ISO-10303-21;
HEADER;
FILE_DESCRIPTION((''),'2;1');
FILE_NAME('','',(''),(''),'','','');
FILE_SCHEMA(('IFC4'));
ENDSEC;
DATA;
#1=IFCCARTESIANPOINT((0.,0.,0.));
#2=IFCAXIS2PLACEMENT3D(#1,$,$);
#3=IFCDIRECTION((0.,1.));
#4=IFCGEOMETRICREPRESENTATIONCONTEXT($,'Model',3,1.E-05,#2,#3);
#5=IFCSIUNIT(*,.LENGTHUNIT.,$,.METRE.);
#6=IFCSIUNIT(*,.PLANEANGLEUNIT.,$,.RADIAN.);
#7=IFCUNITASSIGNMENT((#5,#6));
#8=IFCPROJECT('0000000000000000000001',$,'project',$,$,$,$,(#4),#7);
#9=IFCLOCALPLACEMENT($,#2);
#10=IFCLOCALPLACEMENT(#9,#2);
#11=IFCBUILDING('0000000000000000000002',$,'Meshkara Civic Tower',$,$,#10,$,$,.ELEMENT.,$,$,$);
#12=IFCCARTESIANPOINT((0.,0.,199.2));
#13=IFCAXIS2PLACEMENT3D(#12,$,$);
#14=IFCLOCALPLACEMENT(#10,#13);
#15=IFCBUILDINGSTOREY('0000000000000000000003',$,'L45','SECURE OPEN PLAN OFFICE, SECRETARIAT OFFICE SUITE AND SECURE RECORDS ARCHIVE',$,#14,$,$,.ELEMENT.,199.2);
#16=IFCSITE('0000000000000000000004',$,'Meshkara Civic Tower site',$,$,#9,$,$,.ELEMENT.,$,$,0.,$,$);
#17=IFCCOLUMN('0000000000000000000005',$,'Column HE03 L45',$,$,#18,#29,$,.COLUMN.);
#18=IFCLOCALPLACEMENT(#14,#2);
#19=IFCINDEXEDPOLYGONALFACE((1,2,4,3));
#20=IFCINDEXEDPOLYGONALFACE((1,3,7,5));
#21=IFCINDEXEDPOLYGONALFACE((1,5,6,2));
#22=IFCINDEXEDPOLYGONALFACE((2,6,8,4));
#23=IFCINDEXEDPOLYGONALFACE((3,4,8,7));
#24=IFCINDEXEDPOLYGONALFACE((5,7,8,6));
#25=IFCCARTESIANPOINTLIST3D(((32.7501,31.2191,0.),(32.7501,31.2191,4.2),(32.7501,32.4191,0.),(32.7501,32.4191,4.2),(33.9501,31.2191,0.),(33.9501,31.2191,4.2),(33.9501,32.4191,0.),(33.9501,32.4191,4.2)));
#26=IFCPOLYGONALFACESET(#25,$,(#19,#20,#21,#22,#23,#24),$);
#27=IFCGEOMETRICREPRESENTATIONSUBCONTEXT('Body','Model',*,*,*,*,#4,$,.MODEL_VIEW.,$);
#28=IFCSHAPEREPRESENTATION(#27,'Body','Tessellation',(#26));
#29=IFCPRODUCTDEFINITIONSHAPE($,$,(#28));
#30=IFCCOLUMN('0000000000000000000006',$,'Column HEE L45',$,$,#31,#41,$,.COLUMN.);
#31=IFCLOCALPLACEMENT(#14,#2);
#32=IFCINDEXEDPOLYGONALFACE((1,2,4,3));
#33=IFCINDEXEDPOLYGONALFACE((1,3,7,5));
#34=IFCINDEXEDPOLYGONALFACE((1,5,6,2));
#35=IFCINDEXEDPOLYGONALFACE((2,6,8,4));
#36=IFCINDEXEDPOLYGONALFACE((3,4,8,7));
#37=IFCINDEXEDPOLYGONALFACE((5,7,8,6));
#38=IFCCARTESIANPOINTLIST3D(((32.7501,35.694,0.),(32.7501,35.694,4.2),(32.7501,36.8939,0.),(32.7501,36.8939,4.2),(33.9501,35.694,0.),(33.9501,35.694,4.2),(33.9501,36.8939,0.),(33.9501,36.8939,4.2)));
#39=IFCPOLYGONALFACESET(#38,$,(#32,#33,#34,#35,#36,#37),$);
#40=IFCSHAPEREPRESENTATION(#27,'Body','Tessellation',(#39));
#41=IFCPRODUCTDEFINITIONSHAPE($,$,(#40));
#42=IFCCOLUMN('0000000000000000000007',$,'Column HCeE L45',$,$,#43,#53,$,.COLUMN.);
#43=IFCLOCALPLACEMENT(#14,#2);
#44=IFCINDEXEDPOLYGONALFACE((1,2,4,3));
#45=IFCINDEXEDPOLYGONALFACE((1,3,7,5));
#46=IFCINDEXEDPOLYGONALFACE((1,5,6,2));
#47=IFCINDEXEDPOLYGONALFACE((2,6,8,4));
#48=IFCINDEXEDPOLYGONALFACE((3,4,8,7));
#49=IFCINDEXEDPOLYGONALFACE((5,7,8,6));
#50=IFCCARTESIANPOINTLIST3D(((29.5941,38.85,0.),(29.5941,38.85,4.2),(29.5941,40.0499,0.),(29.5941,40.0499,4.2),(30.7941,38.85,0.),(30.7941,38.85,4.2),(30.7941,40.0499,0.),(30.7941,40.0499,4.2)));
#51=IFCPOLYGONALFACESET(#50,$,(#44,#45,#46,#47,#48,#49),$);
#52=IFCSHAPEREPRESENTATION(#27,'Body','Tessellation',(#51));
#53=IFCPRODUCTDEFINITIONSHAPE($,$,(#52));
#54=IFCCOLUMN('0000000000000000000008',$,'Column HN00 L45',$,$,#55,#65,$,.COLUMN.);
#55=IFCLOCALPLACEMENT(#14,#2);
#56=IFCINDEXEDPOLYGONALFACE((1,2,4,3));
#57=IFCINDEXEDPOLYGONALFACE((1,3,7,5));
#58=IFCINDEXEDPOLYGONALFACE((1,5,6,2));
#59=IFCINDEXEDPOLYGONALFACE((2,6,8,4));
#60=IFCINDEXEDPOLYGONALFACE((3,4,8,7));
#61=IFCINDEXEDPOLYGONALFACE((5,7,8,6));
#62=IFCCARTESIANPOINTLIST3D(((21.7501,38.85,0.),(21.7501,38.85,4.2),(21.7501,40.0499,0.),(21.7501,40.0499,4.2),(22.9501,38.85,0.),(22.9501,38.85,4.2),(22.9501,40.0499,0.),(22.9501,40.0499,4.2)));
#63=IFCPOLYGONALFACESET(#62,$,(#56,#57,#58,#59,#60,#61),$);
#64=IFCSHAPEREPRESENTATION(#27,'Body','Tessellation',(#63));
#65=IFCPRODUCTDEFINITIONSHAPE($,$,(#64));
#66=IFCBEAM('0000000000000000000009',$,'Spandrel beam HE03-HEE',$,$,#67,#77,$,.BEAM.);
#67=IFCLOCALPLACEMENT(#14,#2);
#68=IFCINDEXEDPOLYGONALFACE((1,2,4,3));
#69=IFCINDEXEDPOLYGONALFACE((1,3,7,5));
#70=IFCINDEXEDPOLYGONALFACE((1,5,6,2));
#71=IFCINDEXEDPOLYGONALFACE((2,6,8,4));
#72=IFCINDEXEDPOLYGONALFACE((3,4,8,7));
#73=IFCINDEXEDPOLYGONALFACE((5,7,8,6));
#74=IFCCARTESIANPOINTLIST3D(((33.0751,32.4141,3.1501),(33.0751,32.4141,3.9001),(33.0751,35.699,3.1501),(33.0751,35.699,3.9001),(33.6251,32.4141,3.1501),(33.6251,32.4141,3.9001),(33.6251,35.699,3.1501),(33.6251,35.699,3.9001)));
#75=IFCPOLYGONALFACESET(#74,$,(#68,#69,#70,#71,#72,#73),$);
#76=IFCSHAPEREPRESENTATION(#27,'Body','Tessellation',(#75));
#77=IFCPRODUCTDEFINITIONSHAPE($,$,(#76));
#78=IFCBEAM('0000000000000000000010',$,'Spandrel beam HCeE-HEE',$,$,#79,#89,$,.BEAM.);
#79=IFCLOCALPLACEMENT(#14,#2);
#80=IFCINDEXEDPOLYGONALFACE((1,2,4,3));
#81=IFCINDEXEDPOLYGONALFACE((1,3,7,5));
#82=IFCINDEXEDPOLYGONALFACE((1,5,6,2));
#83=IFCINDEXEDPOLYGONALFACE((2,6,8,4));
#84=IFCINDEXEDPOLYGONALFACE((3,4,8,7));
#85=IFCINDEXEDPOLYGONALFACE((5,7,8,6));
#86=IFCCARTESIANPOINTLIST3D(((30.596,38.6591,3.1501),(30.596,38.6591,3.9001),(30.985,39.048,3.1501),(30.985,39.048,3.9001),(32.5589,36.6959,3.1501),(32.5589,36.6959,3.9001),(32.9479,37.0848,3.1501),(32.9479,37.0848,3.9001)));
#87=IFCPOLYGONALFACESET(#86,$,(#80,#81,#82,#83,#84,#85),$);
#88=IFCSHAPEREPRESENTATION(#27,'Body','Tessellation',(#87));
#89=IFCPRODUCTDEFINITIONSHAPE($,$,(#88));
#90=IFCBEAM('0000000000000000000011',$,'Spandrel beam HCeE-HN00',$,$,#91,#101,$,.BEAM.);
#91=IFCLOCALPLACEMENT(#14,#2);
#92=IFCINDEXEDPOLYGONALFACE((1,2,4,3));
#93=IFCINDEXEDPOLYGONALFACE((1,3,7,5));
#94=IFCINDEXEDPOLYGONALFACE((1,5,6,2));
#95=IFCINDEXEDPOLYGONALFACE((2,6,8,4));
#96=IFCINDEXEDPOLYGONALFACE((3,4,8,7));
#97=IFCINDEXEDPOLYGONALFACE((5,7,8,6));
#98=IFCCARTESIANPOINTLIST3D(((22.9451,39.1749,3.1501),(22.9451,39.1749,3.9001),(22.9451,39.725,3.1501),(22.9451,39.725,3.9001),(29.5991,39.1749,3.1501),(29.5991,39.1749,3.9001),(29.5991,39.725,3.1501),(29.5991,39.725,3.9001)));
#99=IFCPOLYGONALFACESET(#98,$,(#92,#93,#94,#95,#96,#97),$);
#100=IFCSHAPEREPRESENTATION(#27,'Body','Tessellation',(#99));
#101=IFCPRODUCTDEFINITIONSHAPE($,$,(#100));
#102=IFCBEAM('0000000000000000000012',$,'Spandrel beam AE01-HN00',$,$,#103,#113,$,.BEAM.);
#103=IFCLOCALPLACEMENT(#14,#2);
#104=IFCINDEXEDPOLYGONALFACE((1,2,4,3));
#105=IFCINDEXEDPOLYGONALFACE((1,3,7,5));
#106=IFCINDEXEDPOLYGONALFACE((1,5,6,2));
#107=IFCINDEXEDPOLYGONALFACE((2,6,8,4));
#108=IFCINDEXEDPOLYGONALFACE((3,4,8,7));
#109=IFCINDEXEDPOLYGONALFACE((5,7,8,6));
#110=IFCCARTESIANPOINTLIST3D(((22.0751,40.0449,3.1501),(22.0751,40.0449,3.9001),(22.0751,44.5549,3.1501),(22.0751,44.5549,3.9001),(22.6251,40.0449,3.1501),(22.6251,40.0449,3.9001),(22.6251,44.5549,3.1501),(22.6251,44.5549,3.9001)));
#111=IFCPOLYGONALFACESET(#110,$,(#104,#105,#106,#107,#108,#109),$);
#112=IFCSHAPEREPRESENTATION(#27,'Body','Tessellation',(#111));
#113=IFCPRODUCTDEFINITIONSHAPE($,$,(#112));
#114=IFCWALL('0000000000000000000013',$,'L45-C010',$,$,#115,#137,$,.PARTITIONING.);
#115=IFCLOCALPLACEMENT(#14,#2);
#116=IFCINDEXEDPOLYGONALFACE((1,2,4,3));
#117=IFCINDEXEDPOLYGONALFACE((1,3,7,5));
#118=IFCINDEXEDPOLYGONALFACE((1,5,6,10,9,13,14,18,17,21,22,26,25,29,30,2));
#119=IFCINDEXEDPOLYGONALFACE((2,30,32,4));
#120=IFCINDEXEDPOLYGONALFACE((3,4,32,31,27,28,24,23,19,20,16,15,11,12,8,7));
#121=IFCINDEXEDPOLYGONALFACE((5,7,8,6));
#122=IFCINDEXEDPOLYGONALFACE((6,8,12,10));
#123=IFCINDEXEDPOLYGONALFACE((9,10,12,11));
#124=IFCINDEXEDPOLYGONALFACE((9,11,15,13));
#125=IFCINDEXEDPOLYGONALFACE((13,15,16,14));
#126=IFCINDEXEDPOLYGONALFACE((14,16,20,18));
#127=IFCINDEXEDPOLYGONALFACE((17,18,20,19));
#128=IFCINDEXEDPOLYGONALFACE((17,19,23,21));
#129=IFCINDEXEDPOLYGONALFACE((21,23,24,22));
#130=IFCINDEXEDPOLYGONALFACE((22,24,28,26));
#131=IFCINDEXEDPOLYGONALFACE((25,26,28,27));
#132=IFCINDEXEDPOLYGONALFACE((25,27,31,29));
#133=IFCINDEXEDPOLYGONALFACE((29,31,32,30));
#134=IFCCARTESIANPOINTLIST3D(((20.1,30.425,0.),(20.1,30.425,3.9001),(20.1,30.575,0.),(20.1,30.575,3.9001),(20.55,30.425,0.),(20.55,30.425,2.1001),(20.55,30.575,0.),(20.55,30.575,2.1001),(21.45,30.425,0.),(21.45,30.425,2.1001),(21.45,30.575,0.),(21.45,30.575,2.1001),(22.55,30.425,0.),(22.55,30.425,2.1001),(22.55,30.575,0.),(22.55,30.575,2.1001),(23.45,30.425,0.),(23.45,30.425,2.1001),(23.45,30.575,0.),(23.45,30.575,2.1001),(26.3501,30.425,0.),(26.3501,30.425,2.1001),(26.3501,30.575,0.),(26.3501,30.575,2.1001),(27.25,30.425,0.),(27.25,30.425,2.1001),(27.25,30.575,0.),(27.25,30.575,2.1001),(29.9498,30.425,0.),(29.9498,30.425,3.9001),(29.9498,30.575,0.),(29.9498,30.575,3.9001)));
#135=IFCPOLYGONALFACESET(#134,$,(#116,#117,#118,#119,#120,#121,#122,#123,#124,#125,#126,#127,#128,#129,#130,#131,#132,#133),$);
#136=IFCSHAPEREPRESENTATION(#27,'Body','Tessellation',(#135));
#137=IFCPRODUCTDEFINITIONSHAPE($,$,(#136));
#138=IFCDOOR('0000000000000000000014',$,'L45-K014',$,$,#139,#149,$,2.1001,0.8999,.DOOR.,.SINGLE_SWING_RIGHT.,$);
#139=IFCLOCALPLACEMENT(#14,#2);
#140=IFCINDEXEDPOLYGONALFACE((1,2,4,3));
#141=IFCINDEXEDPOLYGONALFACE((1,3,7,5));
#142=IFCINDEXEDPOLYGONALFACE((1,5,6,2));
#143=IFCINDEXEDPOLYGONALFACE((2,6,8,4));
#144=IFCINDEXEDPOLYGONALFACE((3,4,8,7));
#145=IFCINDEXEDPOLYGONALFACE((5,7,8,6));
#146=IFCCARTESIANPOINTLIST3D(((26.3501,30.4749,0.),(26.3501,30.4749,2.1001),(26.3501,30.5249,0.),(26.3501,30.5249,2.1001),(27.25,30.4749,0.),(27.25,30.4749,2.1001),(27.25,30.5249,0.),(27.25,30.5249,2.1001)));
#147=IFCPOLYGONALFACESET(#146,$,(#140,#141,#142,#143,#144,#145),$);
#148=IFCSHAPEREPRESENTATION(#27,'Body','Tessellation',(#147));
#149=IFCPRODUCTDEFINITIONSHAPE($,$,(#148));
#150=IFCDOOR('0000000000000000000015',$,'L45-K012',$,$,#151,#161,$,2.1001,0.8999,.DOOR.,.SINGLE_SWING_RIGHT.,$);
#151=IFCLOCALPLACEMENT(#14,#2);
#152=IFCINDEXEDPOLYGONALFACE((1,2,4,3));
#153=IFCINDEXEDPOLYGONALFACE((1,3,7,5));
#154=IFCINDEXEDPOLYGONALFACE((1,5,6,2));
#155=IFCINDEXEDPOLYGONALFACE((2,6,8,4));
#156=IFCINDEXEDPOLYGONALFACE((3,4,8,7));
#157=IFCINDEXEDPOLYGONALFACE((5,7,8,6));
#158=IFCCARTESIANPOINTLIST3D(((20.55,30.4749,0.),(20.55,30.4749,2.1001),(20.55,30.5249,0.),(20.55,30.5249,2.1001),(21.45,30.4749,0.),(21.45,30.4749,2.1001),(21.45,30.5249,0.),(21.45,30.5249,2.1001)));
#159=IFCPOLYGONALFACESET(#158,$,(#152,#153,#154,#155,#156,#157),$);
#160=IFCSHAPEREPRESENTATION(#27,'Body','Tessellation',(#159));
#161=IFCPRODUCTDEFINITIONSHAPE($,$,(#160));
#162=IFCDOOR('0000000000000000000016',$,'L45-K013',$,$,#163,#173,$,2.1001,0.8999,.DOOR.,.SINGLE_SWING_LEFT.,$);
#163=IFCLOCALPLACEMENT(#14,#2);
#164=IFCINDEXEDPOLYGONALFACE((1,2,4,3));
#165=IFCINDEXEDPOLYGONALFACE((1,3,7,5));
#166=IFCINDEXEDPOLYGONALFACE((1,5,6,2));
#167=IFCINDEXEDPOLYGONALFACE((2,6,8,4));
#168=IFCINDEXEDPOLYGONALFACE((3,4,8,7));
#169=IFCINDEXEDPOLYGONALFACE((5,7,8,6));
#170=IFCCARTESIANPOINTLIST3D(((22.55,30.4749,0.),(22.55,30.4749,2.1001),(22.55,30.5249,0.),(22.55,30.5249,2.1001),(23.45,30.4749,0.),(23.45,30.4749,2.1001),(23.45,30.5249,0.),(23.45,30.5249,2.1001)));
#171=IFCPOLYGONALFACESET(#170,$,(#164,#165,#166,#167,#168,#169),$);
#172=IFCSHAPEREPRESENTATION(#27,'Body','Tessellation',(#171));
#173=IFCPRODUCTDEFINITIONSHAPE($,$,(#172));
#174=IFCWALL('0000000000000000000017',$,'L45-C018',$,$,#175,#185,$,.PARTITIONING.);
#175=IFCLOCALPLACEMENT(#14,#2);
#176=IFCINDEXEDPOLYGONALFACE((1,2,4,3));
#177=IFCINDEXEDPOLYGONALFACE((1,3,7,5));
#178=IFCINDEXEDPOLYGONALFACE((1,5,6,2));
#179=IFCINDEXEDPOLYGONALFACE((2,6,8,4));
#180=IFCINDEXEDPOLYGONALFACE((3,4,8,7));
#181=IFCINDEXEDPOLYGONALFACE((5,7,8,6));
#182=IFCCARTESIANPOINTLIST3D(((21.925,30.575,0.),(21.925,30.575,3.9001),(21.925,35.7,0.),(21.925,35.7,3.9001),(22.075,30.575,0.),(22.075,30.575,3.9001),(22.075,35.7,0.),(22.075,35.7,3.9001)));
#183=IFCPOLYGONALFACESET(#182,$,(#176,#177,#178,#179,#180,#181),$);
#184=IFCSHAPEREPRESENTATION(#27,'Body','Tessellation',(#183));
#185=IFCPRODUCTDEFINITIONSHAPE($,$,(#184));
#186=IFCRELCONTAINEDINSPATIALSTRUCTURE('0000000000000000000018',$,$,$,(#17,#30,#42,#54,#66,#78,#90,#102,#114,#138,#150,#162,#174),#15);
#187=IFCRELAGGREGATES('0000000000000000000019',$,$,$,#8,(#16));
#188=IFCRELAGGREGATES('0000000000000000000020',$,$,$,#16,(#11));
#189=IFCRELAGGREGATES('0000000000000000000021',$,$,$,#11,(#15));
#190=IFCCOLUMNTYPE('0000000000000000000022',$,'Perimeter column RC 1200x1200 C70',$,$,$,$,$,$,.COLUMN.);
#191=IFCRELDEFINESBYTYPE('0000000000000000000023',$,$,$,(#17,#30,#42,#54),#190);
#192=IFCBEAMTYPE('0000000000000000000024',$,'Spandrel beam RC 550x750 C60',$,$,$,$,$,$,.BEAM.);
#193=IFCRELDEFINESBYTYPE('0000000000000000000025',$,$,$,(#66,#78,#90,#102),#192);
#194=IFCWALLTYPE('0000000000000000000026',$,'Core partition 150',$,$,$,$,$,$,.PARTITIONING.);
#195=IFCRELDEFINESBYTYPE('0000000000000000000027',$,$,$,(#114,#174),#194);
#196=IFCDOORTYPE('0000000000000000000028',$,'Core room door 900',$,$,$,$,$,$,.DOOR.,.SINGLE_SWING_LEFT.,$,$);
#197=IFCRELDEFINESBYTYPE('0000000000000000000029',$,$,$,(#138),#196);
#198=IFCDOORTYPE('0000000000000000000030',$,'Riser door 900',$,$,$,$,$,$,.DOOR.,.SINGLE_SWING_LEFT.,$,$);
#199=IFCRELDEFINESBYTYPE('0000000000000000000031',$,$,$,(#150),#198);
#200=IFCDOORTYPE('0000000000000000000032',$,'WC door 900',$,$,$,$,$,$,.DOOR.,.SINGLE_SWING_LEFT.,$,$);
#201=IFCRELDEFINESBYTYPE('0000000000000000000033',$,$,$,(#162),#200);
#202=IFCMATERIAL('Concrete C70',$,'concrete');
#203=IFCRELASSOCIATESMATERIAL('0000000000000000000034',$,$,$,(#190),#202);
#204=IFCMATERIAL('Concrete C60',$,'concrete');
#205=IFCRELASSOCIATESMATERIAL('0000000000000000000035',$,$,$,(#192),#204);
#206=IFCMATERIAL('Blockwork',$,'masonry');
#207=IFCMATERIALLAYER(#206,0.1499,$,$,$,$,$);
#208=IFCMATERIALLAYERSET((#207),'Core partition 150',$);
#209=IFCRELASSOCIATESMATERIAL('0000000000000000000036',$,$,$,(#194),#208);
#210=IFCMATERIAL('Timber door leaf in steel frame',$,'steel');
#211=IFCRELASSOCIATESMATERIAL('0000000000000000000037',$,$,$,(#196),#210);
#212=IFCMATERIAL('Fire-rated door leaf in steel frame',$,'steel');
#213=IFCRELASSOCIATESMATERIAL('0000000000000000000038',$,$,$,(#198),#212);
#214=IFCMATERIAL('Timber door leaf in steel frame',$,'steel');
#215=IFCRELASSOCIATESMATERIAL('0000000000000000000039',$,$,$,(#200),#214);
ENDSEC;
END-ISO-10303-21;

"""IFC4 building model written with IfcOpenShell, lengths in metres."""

from ifc_helpers import new_model, si_unit, direction, frame, frame_2d, origin, origin_2d, place, context, subcontext, project, spatial, rectangle, extrude, material, layer, layer_set, material_profile, profile_set, type_object, element, fill, save


model = new_model("IFC4")

# Units and contexts
model_context = context("Model", 3, precision=1e-05, world=origin(), true_north=direction((0.0, 1.0)))
body_context = subcontext(model_context, "Body", "Model", "MODEL_VIEW")
ifc_project = project(units=[si_unit("LENGTHUNIT", "METRE"), si_unit("PLANEANGLEUNIT", "RADIAN")], contexts=[model_context])

# Site, building, storey
site_placement = place(None, origin())
site = spatial("IfcSite", under=ifc_project, at=site_placement, Name="Meshkara Civic Tower site", CompositionType="ELEMENT", RefElevation=0.0)
building_placement = place(site_placement, origin())
building = spatial("IfcBuilding", under=site, at=building_placement, Name="Meshkara Civic Tower", CompositionType="ELEMENT")
storey_placement = place(building_placement, frame((0.0, 0.0, 199.2)))
storey = spatial("IfcBuildingStorey", under=building, at=storey_placement, Name="L45", Description="SECURE OPEN PLAN OFFICE, SECRETARIAT OFFICE SUITE AND SECURE RECORDS ARCHIVE", CompositionType="ELEMENT", Elevation=199.2)

# Columns
ifc_material_1 = material(Name="Concrete C70", Category="concrete")
ifc_material_profile_1 = material_profile(ifc_material_1, rectangle(XDim=1.2, YDim=1.2, at=origin_2d()))
ifc_profile_set_1 = profile_set([ifc_material_profile_1], Name="Concrete C70")
column_type = type_object("IfcColumnType", Name="Perimeter column RC 1200x1200 C70", PredefinedType="COLUMN", material=ifc_profile_set_1)
for number, where, z_axis, x_axis, name in (
    (1, (33.3501, 31.8191, 0.0), (0.0, 0.0, 1.0), (1.0, 0.0, 0.0), "Column HE03 L45"),
    (2, (33.3501, 36.2939, 0.0), (0.0, 0.0, 1.0), (1.0, 0.0, 0.0), "Column HEE L45"),
    (3, (30.1941, 39.45, 0.0), (0.0, 0.0, 1.0), (1.0, 0.0, 0.0), "Column HCeE L45"),
    (4, (22.3501, 39.45, 0.0), (0.0, 0.0, 1.0), (1.0, 0.0, 0.0), "Column HN00 L45"),
):
    element("IfcColumn", number, at=place(storey_placement, frame(where, z_axis=z_axis, x_axis=x_axis)), inside=storey, type_object=column_type, Name=name, PredefinedType="COLUMN", context=body_context, shape_type="SweptSolid", body=[
        extrude(rectangle(XDim=1.2, YDim=1.2, at=origin_2d()), origin(), (0.0, 0.0, 1.0), 4.2),
    ])

# Beams
ifc_material_2 = material(Name="Concrete C60", Category="concrete")
ifc_material_profile_2 = material_profile(ifc_material_2, rectangle(XDim=0.55, YDim=0.75, at=origin_2d()))
ifc_profile_set_2 = profile_set([ifc_material_profile_2], Name="Concrete C60")
beam_type = type_object("IfcBeamType", Name="Spandrel beam RC 550x750 C60", PredefinedType="BEAM", material=ifc_profile_set_2)
beam_1_placement = place(storey_placement, frame((33.3501, 32.4141, 3.5251), z_axis=(0.0, 1.0, 0.0), x_axis=(-1.0, 0.0, 0.0)))
element("IfcBeam", 5, at=beam_1_placement, inside=storey, type_object=beam_type, Name="Spandrel beam HE03-HEE", PredefinedType="BEAM", context=body_context, shape_type="SweptSolid", body=[
    extrude(rectangle(XDim=0.55, YDim=0.75, at=origin_2d()), origin(), (0.0, 0.0, 1.0), 3.2849),
])
beam_2_placement = place(storey_placement, frame((32.7534, 36.8904, 3.5251), z_axis=(-0.707063, 0.707151, 0.0), x_axis=(-0.707151, -0.707063, 0.0)))
element("IfcBeam", 6, at=beam_2_placement, inside=storey, type_object=beam_type, Name="Spandrel beam HCeE-HEE", PredefinedType="BEAM", context=body_context, shape_type="SweptSolid", body=[
    extrude(rectangle(XDim=0.55, YDim=0.75, at=origin_2d()), origin(), (0.0, 0.0, 1.0), 2.7761),
])
beam_3_placement = place(storey_placement, frame((29.5991, 39.45, 3.5251), z_axis=(-1.0, 0.0, 0.0), x_axis=(0.0, -1.0, 0.0)))
element("IfcBeam", 7, at=beam_3_placement, inside=storey, type_object=beam_type, Name="Spandrel beam HCeE-HN00", PredefinedType="BEAM", context=body_context, shape_type="SweptSolid", body=[
    extrude(rectangle(XDim=0.55, YDim=0.75, at=origin_2d()), origin(), (0.0, 0.0, 1.0), 6.6541),
])
beam_4_placement = place(storey_placement, frame((22.3501, 40.0449, 3.5251), z_axis=(0.0, 1.0, 0.0), x_axis=(-1.0, 0.0, 0.0)))
element("IfcBeam", 8, at=beam_4_placement, inside=storey, type_object=beam_type, Name="Spandrel beam AE01-HN00", PredefinedType="BEAM", context=body_context, shape_type="SweptSolid", body=[
    extrude(rectangle(XDim=0.55, YDim=0.75, at=origin_2d()), origin(), (0.0, 0.0, 1.0), 4.51),
])

# Wall, openings, doors
ifc_material_3 = material(Name="Blockwork", Category="masonry")
ifc_layer_1 = layer(ifc_material_3, 0.1499)
ifc_layer_set_1 = layer_set([ifc_layer_1], Name="Core partition 150")
wall_type_1 = type_object("IfcWallType", Name="Core partition 150", PredefinedType="PARTITIONING", material=ifc_layer_set_1)
wall_1_placement = place(storey_placement, frame((20.1001, 30.5, 0.0), z_axis=(0.0, 0.0, 1.0), x_axis=(1.0, 0.0, 0.0)))
wall_1 = element("IfcWall", 9, at=wall_1_placement, inside=storey, type_object=wall_type_1, Name="L45-C010", PredefinedType="PARTITIONING", context=body_context, shape_type="SweptSolid", body=[
    extrude(rectangle(XDim=9.8499, YDim=0.1499, at=frame_2d((4.9248, 0.0))), origin(), (0.0, 0.0, 1.0), 3.9001),
])
opening_1_placement = place(wall_1_placement, frame((0.45, 0.0, 0.0)))
opening_1 = element("IfcOpeningElement", 10, at=opening_1_placement, cuts=wall_1, PredefinedType="OPENING", context=body_context, shape_type="SweptSolid", body=[
    extrude(rectangle(XDim=0.8999, YDim=2.1001, at=frame_2d((0.45, 1.05))), frame((0.0, 0.085, 0.0), z_axis=(0.0, -1.0, 0.0), x_axis=(1.0, 0.0, 0.0)), (0.0, 0.0, 1.0), 0.1699),
])
opening_2_placement = place(wall_1_placement, frame((2.45, 0.0, 0.0)))
opening_2 = element("IfcOpeningElement", 11, at=opening_2_placement, cuts=wall_1, PredefinedType="OPENING", context=body_context, shape_type="SweptSolid", body=[
    extrude(rectangle(XDim=0.8999, YDim=2.1001, at=frame_2d((0.45, 1.05))), frame((0.0, 0.085, 0.0), z_axis=(0.0, -1.0, 0.0), x_axis=(1.0, 0.0, 0.0)), (0.0, 0.0, 1.0), 0.1699),
])
opening_3_placement = place(wall_1_placement, frame((6.25, 0.0, 0.0)))
opening_3 = element("IfcOpeningElement", 12, at=opening_3_placement, cuts=wall_1, PredefinedType="OPENING", context=body_context, shape_type="SweptSolid", body=[
    extrude(rectangle(XDim=0.8999, YDim=2.1001, at=frame_2d((0.45, 1.05))), frame((0.0, 0.085, 0.0), z_axis=(0.0, -1.0, 0.0), x_axis=(1.0, 0.0, 0.0)), (0.0, 0.0, 1.0), 0.1699),
])
ifc_material_4 = material(Name="Timber door leaf in steel frame", Category="steel")
door_type_1 = type_object("IfcDoorType", Name="Core room door 900", OperationType="SINGLE_SWING_LEFT", PredefinedType="DOOR", material=ifc_material_4)
door_1_placement = place(opening_3_placement, origin())
door_1 = element("IfcDoor", 13, at=door_1_placement, inside=storey, type_object=door_type_1, Name="L45-K014", OperationType="SINGLE_SWING_RIGHT", OverallHeight=2.1001, OverallWidth=0.8999, PredefinedType="DOOR", context=body_context, shape_type="SweptSolid", body=[
    extrude(rectangle(XDim=0.8999, YDim=2.1001, at=frame_2d((0.45, 1.05))), frame((0.0, 0.0249, 0.0), z_axis=(0.0, -1.0, 0.0), x_axis=(1.0, 0.0, 0.0)), (0.0, 0.0, 1.0), 0.05),
])
fill(opening_3, door_1)
ifc_material_5 = material(Name="Fire-rated door leaf in steel frame", Category="steel")
door_type_2 = type_object("IfcDoorType", Name="Riser door 900", OperationType="SINGLE_SWING_LEFT", PredefinedType="DOOR", material=ifc_material_5)
door_2_placement = place(opening_1_placement, origin())
door_2 = element("IfcDoor", 14, at=door_2_placement, inside=storey, type_object=door_type_2, Name="L45-K012", OperationType="SINGLE_SWING_RIGHT", OverallHeight=2.1001, OverallWidth=0.8999, PredefinedType="DOOR", context=body_context, shape_type="SweptSolid", body=[
    extrude(rectangle(XDim=0.8999, YDim=2.1001, at=frame_2d((0.45, 1.05))), frame((0.0, 0.0249, 0.0), z_axis=(0.0, -1.0, 0.0), x_axis=(1.0, 0.0, 0.0)), (0.0, 0.0, 1.0), 0.05),
])
fill(opening_1, door_2)
ifc_material_6 = material(Name="Timber door leaf in steel frame", Category="steel")
door_type_3 = type_object("IfcDoorType", Name="WC door 900", OperationType="SINGLE_SWING_LEFT", PredefinedType="DOOR", material=ifc_material_6)
door_3_placement = place(opening_2_placement, origin())
door_3 = element("IfcDoor", 15, at=door_3_placement, inside=storey, type_object=door_type_3, Name="L45-K013", OperationType="SINGLE_SWING_LEFT", OverallHeight=2.1001, OverallWidth=0.8999, PredefinedType="DOOR", context=body_context, shape_type="SweptSolid", body=[
    extrude(rectangle(XDim=0.8999, YDim=2.1001, at=frame_2d((0.45, 1.05))), frame((0.0, 0.0249, 0.0), z_axis=(0.0, -1.0, 0.0), x_axis=(1.0, 0.0, 0.0)), (0.0, 0.0, 1.0), 0.05),
])
fill(opening_2, door_3)

# Wall
for number, where, z_axis, x_axis, name in (
    (16, (22.0, 30.575, 0.0), (0.0, 0.0, 1.0), (0.0, 1.0, 0.0), "L45-C018"),
):
    element("IfcWall", number, at=place(storey_placement, frame(where, z_axis=z_axis, x_axis=x_axis)), inside=storey, type_object=wall_type_1, Name=name, PredefinedType="PARTITIONING", context=body_context, shape_type="SweptSolid", body=[
        extrude(rectangle(XDim=5.125, YDim=0.1499, at=frame_2d((2.5625, 0.0))), origin(), (0.0, 0.0, 1.0), 3.9001),
    ])

save(model, "model.ifc")
